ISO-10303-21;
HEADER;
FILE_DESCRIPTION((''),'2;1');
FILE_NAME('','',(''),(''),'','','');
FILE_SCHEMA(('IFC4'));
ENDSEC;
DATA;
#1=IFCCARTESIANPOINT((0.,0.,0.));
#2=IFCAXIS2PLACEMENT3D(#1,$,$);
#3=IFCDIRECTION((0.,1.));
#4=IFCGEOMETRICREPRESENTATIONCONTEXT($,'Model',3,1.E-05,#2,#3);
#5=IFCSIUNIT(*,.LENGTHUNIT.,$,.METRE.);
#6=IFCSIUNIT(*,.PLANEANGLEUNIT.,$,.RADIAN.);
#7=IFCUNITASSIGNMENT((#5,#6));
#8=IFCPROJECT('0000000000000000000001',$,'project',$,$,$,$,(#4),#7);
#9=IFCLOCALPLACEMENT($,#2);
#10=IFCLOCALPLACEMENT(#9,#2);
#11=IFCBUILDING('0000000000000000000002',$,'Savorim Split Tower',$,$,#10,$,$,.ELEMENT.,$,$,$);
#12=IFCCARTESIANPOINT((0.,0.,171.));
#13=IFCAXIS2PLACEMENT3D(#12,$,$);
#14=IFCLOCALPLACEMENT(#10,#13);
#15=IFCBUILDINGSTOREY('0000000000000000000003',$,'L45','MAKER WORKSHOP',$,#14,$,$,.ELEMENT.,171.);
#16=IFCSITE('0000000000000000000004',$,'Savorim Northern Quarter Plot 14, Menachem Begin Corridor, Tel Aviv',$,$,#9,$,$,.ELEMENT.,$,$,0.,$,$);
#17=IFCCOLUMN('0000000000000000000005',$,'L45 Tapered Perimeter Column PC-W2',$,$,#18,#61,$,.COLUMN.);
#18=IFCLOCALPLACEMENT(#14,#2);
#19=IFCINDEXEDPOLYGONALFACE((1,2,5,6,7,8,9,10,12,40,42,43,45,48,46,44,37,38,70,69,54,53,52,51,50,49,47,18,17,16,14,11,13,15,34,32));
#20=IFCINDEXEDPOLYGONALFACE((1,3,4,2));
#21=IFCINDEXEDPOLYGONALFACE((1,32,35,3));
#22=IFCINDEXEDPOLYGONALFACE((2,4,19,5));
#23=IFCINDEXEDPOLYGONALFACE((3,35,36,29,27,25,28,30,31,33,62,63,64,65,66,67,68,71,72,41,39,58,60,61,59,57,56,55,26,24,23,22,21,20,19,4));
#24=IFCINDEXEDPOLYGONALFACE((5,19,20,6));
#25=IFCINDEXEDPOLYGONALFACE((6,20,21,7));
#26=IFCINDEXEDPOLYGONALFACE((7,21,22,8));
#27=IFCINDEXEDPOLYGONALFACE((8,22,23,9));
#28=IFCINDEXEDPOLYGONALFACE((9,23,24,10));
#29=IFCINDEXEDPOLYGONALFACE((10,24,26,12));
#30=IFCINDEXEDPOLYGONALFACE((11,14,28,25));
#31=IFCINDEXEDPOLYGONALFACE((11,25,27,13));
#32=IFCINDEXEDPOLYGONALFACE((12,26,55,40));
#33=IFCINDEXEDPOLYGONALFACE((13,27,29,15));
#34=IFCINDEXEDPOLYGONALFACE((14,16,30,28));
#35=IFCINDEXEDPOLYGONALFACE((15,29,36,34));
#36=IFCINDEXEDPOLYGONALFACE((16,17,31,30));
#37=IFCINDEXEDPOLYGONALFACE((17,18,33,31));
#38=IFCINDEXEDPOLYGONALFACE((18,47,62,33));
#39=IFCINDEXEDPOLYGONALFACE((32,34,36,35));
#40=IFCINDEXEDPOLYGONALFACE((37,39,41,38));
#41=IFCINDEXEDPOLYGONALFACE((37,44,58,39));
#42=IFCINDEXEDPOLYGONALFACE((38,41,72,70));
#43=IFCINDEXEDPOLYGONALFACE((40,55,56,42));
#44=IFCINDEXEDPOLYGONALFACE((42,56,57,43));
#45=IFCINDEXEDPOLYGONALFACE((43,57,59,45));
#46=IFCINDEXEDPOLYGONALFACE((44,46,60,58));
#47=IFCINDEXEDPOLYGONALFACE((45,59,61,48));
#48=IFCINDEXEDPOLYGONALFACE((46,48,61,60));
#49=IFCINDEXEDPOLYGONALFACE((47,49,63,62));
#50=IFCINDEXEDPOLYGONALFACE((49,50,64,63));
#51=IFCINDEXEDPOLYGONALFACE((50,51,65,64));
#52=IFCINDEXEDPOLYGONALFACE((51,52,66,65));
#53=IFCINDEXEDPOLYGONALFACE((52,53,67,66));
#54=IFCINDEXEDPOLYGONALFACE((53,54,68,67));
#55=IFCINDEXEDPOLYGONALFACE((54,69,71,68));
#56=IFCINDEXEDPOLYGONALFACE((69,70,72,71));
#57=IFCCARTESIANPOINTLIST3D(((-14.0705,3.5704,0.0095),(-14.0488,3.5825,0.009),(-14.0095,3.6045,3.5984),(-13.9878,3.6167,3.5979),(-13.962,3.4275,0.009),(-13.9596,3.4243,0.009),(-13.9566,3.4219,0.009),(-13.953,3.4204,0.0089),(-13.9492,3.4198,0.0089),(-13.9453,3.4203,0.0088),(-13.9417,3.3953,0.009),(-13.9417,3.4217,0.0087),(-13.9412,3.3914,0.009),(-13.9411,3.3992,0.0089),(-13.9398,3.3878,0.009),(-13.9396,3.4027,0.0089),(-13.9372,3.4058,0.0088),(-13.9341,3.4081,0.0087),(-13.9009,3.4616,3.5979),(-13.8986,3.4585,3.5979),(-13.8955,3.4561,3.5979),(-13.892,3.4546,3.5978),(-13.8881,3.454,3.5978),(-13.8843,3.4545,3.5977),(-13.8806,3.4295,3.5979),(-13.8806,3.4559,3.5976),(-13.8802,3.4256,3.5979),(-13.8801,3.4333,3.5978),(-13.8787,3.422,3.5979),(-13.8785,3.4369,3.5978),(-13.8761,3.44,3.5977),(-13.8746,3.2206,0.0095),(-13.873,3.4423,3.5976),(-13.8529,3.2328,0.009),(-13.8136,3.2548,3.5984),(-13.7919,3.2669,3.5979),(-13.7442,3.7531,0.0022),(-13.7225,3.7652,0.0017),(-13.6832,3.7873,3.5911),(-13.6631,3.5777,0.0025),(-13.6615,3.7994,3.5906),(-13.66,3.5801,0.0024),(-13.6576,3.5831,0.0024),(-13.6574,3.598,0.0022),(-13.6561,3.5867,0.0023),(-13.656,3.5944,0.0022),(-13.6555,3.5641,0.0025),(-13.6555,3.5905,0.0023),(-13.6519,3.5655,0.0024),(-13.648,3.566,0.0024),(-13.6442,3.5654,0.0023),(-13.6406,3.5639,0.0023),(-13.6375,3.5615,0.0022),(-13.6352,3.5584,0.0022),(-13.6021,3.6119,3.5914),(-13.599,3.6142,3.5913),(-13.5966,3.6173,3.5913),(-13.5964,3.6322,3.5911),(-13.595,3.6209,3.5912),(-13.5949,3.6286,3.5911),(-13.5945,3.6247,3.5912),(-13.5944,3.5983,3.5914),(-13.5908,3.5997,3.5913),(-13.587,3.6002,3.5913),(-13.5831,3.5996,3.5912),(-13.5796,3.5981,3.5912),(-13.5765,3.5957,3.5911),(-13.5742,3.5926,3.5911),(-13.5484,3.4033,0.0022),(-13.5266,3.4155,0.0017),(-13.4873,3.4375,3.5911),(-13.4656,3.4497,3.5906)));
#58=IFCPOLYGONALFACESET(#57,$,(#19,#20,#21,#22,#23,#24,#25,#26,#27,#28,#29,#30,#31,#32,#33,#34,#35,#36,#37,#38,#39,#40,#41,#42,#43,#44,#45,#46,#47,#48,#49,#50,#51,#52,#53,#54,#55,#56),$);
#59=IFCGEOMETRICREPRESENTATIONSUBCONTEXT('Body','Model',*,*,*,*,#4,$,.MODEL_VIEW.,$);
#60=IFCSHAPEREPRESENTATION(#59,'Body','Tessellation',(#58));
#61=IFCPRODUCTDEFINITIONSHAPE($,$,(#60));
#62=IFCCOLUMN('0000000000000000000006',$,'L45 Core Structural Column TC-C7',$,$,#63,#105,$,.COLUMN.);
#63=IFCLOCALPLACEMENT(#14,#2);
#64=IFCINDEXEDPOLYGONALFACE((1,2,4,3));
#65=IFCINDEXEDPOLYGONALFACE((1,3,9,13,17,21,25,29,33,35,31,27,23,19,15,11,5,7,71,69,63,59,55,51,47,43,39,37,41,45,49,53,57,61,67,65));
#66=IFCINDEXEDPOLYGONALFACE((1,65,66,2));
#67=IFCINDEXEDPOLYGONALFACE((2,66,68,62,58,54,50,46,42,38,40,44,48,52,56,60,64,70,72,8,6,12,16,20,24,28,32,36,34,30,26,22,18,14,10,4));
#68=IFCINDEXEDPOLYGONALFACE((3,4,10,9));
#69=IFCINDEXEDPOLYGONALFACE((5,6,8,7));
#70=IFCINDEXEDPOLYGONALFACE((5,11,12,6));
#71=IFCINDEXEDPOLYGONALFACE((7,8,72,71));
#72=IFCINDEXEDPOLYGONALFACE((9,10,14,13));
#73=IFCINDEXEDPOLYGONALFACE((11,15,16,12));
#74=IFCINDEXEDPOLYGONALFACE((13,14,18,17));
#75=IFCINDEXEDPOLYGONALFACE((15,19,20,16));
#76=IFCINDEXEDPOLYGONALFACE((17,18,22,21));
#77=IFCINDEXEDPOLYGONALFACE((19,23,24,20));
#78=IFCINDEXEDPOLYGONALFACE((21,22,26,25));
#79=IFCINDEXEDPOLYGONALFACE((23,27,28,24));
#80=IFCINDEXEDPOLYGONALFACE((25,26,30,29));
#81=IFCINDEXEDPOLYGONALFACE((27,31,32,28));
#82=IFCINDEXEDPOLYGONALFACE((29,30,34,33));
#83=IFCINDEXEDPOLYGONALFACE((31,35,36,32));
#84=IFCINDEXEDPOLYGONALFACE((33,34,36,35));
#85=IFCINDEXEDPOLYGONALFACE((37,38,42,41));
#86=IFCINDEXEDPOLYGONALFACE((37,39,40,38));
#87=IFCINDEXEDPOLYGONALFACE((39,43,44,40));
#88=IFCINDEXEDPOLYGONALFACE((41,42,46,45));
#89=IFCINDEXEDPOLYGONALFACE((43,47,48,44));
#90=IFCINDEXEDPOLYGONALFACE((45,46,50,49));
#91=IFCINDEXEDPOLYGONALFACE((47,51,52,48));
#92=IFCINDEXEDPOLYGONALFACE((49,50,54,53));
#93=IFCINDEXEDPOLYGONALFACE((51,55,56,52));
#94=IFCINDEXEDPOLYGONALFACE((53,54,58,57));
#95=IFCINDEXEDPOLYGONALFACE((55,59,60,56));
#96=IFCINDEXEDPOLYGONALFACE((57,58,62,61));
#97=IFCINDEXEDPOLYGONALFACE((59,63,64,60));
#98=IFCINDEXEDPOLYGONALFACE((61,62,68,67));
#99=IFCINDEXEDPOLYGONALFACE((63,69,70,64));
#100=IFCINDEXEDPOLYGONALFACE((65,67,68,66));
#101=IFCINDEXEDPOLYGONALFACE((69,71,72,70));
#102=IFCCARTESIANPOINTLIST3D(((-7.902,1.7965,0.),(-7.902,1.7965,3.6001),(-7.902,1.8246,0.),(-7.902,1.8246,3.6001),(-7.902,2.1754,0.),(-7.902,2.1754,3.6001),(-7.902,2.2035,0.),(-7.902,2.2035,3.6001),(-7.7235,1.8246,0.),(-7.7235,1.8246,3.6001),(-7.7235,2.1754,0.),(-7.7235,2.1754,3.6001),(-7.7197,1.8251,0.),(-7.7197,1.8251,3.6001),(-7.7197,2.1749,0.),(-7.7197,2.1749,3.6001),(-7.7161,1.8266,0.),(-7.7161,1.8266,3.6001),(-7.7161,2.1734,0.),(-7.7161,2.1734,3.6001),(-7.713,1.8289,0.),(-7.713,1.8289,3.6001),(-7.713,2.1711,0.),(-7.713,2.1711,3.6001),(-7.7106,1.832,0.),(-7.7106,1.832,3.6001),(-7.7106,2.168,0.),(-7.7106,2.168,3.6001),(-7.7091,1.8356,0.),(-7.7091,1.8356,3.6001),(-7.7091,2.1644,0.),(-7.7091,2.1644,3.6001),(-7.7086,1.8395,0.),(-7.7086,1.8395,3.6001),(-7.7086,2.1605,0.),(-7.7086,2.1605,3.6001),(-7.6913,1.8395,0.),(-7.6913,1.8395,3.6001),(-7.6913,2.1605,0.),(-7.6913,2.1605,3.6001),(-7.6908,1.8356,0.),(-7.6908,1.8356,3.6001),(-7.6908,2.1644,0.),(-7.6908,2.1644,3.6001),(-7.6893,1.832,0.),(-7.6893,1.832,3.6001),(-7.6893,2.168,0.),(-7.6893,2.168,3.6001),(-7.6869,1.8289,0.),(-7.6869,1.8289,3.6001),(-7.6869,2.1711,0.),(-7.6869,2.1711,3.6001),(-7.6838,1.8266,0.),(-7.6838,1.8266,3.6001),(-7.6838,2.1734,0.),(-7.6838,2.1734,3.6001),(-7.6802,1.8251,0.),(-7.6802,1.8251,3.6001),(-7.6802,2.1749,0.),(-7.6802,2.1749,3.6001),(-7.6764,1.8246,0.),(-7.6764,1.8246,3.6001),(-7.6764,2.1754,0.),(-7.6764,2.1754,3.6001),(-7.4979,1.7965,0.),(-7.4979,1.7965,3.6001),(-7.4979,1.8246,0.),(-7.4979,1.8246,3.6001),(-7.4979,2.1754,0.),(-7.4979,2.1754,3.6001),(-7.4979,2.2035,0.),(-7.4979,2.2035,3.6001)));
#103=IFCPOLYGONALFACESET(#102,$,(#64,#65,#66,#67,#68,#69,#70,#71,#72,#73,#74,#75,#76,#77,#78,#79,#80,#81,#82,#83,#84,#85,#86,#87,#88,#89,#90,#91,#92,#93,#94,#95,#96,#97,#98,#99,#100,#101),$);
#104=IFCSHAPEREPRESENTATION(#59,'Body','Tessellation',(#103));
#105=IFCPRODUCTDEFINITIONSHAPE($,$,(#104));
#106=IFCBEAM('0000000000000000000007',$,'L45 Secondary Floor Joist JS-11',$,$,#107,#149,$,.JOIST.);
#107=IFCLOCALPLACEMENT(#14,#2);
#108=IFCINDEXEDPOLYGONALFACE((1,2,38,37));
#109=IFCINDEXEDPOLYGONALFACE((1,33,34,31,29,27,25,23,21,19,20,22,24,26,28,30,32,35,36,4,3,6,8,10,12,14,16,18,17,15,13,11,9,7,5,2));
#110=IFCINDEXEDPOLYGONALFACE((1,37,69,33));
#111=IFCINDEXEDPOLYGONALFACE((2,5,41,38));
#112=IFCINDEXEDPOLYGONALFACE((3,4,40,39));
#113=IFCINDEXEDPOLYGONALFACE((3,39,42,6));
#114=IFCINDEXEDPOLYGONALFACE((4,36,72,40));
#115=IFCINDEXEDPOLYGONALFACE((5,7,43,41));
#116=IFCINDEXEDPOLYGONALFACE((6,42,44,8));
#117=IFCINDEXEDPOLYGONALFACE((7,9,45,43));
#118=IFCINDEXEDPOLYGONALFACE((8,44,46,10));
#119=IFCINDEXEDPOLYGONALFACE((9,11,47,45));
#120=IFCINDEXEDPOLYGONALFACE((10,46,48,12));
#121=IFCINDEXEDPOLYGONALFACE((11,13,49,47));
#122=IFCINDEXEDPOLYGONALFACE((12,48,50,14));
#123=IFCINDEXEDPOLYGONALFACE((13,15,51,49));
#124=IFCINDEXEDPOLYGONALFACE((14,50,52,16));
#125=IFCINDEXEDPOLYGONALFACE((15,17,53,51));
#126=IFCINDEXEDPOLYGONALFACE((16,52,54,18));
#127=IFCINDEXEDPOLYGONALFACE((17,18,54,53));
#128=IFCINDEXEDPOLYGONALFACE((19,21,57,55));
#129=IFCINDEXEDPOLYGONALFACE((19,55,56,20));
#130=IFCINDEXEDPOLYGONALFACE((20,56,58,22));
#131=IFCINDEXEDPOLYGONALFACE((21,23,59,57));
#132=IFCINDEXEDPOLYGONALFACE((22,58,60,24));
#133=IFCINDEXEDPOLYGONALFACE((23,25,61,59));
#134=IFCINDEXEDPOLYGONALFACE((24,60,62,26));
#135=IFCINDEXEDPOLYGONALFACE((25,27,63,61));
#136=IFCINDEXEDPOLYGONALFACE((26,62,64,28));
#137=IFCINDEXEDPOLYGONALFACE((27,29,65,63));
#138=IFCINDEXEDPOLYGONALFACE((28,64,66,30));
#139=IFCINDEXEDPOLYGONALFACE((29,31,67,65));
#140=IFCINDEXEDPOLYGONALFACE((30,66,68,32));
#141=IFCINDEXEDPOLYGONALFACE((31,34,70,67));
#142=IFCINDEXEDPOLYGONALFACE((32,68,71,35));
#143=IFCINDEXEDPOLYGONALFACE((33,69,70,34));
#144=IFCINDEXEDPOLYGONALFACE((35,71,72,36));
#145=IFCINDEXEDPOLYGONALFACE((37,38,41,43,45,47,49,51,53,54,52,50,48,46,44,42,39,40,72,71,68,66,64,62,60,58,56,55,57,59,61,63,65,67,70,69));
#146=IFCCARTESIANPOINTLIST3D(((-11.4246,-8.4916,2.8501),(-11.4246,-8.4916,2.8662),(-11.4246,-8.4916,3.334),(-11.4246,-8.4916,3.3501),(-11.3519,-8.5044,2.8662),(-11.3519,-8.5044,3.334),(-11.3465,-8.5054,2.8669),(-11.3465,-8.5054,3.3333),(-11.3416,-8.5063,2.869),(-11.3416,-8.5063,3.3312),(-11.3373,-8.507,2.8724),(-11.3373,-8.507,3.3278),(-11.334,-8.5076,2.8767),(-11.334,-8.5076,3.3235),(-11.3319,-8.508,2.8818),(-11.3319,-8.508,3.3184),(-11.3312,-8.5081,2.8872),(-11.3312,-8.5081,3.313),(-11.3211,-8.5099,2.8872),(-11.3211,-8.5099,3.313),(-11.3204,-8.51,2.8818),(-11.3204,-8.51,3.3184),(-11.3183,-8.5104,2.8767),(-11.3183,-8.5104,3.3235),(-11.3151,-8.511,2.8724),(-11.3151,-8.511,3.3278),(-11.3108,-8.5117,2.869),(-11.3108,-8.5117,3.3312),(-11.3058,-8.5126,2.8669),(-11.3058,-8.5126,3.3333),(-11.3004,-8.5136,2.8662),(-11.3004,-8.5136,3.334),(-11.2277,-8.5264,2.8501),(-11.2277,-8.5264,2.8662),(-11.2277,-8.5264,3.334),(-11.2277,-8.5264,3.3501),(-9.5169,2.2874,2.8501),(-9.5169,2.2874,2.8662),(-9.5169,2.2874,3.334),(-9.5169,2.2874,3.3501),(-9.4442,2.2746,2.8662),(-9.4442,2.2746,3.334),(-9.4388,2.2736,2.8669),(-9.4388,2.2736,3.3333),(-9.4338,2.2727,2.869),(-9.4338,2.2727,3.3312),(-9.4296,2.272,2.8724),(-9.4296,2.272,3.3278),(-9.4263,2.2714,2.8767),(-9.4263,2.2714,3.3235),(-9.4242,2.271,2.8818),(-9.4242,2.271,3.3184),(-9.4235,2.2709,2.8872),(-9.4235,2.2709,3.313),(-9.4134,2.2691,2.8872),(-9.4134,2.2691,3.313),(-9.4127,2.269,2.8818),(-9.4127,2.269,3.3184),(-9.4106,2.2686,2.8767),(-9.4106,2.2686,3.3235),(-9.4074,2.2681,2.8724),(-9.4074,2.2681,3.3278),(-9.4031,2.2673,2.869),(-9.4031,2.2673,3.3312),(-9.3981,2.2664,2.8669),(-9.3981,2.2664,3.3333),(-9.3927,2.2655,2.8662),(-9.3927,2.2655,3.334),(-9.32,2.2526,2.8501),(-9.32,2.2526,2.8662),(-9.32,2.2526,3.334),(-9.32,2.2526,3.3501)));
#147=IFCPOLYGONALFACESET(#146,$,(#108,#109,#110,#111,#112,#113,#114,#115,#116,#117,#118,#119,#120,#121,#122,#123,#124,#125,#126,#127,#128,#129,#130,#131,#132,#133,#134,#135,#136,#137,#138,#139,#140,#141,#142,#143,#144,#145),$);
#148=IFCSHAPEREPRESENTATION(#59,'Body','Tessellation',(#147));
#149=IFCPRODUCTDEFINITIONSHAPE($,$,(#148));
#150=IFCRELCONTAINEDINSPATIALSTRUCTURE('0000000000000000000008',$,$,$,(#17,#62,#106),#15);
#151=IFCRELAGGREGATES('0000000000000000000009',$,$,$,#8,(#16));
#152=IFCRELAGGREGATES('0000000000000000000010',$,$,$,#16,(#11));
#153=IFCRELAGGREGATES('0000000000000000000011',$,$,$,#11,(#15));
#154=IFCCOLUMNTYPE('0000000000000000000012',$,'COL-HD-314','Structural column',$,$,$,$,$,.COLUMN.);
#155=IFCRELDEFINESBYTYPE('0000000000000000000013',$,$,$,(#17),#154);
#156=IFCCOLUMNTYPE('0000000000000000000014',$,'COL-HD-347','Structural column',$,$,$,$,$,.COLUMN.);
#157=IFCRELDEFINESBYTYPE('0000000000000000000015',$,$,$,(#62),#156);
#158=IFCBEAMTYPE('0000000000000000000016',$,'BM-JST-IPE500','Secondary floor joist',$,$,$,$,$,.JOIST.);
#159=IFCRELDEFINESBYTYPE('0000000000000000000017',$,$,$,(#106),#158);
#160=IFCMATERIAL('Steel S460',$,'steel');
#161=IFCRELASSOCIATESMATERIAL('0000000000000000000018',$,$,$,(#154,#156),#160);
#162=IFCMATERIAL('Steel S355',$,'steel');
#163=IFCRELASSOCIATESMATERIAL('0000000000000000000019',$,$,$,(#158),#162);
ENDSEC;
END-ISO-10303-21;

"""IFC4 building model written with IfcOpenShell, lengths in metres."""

from ifc_helpers import new_model, si_unit, direction, frame, origin, origin_2d, place, context, subcontext, project, spatial, i_section, extrude, material, material_profile, profile_set, type_object, element, save


model = new_model("IFC4")

# Units and contexts
model_context = context("Model", 3, precision=1e-05, world=origin(), true_north=direction((0.0, 1.0)))
body_context = subcontext(model_context, "Body", "Model", "MODEL_VIEW")
ifc_project = project(units=[si_unit("LENGTHUNIT", "METRE"), si_unit("PLANEANGLEUNIT", "RADIAN")], contexts=[model_context])

# Site, building, storey
site_placement = place(None, origin())
site = spatial("IfcSite", under=ifc_project, at=site_placement, Name="Savorim Northern Quarter Plot 14, Menachem Begin Corridor, Tel Aviv", CompositionType="ELEMENT", RefElevation=0.0)
building_placement = place(site_placement, origin())
building = spatial("IfcBuilding", under=site, at=building_placement, Name="Savorim Split Tower", CompositionType="ELEMENT")
storey_placement = place(building_placement, frame((0.0, 0.0, 171.0)))
storey = spatial("IfcBuildingStorey", under=building, at=storey_placement, Name="L45", Description="MAKER WORKSHOP", CompositionType="ELEMENT", Elevation=171.0)

# Columns
ifc_material_1 = material(Name="Steel S460", Category="steel")
ifc_material_profile_1 = material_profile(ifc_material_1, i_section(OverallWidth=0.4009, OverallDepth=0.3989, WebThickness=0.0156, FlangeThickness=0.0249, FilletRadius=0.0149, at=origin_2d()), Name="HD 400x314")
ifc_profile_set_1 = profile_set([ifc_material_profile_1], Name="Steel S460")
column_type_1 = type_object("IfcColumnType", Name="COL-HD-314", Description="Structural column", PredefinedType="COLUMN", material=ifc_profile_set_1)
column_1_placement = place(storey_placement, frame((-13.7986, 3.4929, 0.0056), z_axis=(0.017004, 0.009522, 0.99981), x_axis=(-0.488603, 0.872506, 0.0)))
element("IfcColumn", 1, at=column_1_placement, inside=storey, type_object=column_type_1, Name="L45 Tapered Perimeter Column PC-W2", PredefinedType="COLUMN", context=body_context, shape_type="SweptSolid", body=[
    extrude(i_section(OverallWidth=0.4009, OverallDepth=0.3989, WebThickness=0.0156, FlangeThickness=0.0249, FilletRadius=0.0149, at=origin_2d()), origin(), (0.0, 0.0, 1.0), 3.5896),
])
ifc_material_profile_2 = material_profile(ifc_material_1, i_section(OverallWidth=0.4041, OverallDepth=0.407, WebThickness=0.0173, FlangeThickness=0.0281, FilletRadius=0.0149, at=origin_2d()), Name="HD 400x347")
ifc_profile_set_2 = profile_set([ifc_material_profile_2], Name="Steel S460")
column_type_2 = type_object("IfcColumnType", Name="COL-HD-347", Description="Structural column", PredefinedType="COLUMN", material=ifc_profile_set_2)
column_2_placement = place(storey_placement, frame((-7.7, 2.0, 0.0), z_axis=(0.0, 0.0, 1.0), x_axis=(1.0, 0.0, 0.0)))
element("IfcColumn", 2, at=column_2_placement, inside=storey, type_object=column_type_2, Name="L45 Core Structural Column TC-C7", PredefinedType="COLUMN", context=body_context, shape_type="SweptSolid", body=[
    extrude(i_section(OverallWidth=0.4041, OverallDepth=0.407, WebThickness=0.0173, FlangeThickness=0.0281, FilletRadius=0.0149, at=origin_2d()), origin(), (0.0, 0.0, 1.0), 3.6001),
])

# Beam
ifc_material_2 = material(Name="Steel S355", Category="steel")
ifc_material_profile_3 = material_profile(ifc_material_2, i_section(OverallWidth=0.2, OverallDepth=0.5, WebThickness=0.0103, FlangeThickness=0.0161, FilletRadius=0.021, at=origin_2d()), Name="IPE 500")
ifc_profile_set_3 = profile_set([ifc_material_profile_3], Name="Steel S355")
beam_type_1 = type_object("IfcBeamType", Name="BM-JST-IPE500", Description="Secondary floor joist", PredefinedType="JOIST", material=ifc_profile_set_3)
beam_1_placement = place(storey_placement, frame((-9.4185, 2.27, 3.1001), z_axis=(-0.174275, -0.984697, 0.0), x_axis=(0.984697, -0.174275, 0.0)))
element("IfcBeam", 3, at=beam_1_placement, inside=storey, type_object=beam_type_1, Name="L45 Secondary Floor Joist JS-11", PredefinedType="JOIST", context=body_context, shape_type="SweptSolid", body=[
    extrude(i_section(OverallWidth=0.2, OverallDepth=0.5, WebThickness=0.0103, FlangeThickness=0.0161, FilletRadius=0.021, at=origin_2d()), origin(), (0.0, 0.0, 1.0), 10.9465),
])

save(model, "model.ifc")
